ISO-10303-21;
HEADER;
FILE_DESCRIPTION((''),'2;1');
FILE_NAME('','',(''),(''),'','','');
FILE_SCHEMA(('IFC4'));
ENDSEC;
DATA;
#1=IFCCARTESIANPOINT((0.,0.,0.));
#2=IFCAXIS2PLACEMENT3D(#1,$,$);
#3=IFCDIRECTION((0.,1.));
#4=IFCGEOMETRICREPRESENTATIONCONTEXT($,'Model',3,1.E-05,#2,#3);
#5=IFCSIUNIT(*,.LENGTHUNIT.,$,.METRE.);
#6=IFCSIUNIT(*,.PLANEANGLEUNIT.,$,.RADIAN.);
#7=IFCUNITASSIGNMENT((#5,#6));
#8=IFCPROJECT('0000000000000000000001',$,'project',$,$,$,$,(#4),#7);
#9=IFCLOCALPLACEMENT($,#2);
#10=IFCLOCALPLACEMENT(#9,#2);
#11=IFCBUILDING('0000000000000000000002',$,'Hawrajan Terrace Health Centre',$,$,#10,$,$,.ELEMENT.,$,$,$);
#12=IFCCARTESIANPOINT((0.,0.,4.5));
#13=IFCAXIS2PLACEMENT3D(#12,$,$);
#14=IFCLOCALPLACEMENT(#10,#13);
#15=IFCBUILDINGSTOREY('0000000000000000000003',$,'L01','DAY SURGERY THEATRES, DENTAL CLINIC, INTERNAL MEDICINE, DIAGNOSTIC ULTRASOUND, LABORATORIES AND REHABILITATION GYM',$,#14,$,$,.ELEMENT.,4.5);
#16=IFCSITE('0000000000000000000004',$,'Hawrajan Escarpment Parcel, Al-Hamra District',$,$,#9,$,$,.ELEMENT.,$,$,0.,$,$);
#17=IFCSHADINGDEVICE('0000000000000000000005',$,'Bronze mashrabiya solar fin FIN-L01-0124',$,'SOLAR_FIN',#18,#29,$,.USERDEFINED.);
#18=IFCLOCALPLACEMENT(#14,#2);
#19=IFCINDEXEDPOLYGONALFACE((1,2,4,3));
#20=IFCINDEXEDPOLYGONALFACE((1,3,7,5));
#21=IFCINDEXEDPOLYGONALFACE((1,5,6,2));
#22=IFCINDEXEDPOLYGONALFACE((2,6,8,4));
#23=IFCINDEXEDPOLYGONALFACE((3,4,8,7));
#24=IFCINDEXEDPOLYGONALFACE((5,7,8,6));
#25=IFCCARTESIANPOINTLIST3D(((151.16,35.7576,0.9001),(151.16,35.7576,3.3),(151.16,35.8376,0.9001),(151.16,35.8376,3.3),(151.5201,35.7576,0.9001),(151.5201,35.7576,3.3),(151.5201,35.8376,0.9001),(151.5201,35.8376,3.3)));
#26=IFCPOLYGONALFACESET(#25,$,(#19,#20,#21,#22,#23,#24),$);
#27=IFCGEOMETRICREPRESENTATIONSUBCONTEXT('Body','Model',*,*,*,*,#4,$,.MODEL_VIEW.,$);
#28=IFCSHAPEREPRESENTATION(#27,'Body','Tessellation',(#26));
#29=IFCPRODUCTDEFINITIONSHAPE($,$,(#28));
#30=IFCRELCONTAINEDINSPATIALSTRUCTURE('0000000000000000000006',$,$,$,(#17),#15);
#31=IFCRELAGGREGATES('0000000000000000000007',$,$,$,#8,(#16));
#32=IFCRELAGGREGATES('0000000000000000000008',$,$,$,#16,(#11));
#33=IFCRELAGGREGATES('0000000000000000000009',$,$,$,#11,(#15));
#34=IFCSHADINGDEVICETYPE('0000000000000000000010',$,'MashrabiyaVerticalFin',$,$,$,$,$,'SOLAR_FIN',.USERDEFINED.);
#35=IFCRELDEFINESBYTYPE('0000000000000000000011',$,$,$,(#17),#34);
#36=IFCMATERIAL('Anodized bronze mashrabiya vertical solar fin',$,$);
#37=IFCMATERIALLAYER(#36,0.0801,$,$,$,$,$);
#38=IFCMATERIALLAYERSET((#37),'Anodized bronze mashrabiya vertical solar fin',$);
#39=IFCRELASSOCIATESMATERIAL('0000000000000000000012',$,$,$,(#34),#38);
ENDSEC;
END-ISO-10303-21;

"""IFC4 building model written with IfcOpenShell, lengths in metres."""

from ifc_helpers import new_model, si_unit, direction, frame, origin, origin_2d, place, context, subcontext, project, spatial, rectangle, extrude, material, layer, layer_set, type_object, element, save


model = new_model("IFC4")

# Units and contexts
model_context = context("Model", 3, precision=1e-05, world=origin(), true_north=direction((0.0, 1.0)))
body_context = subcontext(model_context, "Body", "Model", "MODEL_VIEW")
ifc_project = project(units=[si_unit("LENGTHUNIT", "METRE"), si_unit("PLANEANGLEUNIT", "RADIAN")], contexts=[model_context])

# Site, building, storey
site_placement = place(None, origin())
site = spatial("IfcSite", under=ifc_project, at=site_placement, Name="Hawrajan Escarpment Parcel, Al-Hamra District", CompositionType="ELEMENT", RefElevation=0.0)
building_placement = place(site_placement, origin())
building = spatial("IfcBuilding", under=site, at=building_placement, Name="Hawrajan Terrace Health Centre", CompositionType="ELEMENT")
storey_placement = place(building_placement, frame((0.0, 0.0, 4.5)))
storey = spatial("IfcBuildingStorey", under=building, at=storey_placement, Name="L01", Description="DAY SURGERY THEATRES, DENTAL CLINIC, INTERNAL MEDICINE, DIAGNOSTIC ULTRASOUND, LABORATORIES AND REHABILITATION GYM", CompositionType="ELEMENT", Elevation=4.5)

# Shading device
ifc_material_1 = material(Name="Anodized bronze mashrabiya vertical solar fin")
ifc_layer_1 = layer(ifc_material_1, 0.0801)
ifc_layer_set_1 = layer_set([ifc_layer_1], Name="Anodized bronze mashrabiya vertical solar fin")
shading_device_type = type_object("IfcShadingDeviceType", Name="MashrabiyaVerticalFin", ElementType="SOLAR_FIN", PredefinedType="USERDEFINED", material=ifc_layer_set_1)
for number, where, z_axis, x_axis, name in (
    (1, (151.3401, 35.7976, 0.9001), (0.0, 0.0, 1.0), (0.0, 1.0, 0.0), "Bronze mashrabiya solar fin FIN-L01-0124"),
):
    element("IfcShadingDevice", number, at=place(storey_placement, frame(where, z_axis=z_axis, x_axis=x_axis)), inside=storey, type_object=shading_device_type, Name=name, ObjectType="SOLAR_FIN", PredefinedType="USERDEFINED", context=body_context, shape_type="SweptSolid", body=[
        extrude(rectangle(XDim=0.0801, YDim=0.3601, at=origin_2d()), origin(), (0.0, 0.0, 1.0), 2.3999),
    ])

save(model, "model.ifc")
